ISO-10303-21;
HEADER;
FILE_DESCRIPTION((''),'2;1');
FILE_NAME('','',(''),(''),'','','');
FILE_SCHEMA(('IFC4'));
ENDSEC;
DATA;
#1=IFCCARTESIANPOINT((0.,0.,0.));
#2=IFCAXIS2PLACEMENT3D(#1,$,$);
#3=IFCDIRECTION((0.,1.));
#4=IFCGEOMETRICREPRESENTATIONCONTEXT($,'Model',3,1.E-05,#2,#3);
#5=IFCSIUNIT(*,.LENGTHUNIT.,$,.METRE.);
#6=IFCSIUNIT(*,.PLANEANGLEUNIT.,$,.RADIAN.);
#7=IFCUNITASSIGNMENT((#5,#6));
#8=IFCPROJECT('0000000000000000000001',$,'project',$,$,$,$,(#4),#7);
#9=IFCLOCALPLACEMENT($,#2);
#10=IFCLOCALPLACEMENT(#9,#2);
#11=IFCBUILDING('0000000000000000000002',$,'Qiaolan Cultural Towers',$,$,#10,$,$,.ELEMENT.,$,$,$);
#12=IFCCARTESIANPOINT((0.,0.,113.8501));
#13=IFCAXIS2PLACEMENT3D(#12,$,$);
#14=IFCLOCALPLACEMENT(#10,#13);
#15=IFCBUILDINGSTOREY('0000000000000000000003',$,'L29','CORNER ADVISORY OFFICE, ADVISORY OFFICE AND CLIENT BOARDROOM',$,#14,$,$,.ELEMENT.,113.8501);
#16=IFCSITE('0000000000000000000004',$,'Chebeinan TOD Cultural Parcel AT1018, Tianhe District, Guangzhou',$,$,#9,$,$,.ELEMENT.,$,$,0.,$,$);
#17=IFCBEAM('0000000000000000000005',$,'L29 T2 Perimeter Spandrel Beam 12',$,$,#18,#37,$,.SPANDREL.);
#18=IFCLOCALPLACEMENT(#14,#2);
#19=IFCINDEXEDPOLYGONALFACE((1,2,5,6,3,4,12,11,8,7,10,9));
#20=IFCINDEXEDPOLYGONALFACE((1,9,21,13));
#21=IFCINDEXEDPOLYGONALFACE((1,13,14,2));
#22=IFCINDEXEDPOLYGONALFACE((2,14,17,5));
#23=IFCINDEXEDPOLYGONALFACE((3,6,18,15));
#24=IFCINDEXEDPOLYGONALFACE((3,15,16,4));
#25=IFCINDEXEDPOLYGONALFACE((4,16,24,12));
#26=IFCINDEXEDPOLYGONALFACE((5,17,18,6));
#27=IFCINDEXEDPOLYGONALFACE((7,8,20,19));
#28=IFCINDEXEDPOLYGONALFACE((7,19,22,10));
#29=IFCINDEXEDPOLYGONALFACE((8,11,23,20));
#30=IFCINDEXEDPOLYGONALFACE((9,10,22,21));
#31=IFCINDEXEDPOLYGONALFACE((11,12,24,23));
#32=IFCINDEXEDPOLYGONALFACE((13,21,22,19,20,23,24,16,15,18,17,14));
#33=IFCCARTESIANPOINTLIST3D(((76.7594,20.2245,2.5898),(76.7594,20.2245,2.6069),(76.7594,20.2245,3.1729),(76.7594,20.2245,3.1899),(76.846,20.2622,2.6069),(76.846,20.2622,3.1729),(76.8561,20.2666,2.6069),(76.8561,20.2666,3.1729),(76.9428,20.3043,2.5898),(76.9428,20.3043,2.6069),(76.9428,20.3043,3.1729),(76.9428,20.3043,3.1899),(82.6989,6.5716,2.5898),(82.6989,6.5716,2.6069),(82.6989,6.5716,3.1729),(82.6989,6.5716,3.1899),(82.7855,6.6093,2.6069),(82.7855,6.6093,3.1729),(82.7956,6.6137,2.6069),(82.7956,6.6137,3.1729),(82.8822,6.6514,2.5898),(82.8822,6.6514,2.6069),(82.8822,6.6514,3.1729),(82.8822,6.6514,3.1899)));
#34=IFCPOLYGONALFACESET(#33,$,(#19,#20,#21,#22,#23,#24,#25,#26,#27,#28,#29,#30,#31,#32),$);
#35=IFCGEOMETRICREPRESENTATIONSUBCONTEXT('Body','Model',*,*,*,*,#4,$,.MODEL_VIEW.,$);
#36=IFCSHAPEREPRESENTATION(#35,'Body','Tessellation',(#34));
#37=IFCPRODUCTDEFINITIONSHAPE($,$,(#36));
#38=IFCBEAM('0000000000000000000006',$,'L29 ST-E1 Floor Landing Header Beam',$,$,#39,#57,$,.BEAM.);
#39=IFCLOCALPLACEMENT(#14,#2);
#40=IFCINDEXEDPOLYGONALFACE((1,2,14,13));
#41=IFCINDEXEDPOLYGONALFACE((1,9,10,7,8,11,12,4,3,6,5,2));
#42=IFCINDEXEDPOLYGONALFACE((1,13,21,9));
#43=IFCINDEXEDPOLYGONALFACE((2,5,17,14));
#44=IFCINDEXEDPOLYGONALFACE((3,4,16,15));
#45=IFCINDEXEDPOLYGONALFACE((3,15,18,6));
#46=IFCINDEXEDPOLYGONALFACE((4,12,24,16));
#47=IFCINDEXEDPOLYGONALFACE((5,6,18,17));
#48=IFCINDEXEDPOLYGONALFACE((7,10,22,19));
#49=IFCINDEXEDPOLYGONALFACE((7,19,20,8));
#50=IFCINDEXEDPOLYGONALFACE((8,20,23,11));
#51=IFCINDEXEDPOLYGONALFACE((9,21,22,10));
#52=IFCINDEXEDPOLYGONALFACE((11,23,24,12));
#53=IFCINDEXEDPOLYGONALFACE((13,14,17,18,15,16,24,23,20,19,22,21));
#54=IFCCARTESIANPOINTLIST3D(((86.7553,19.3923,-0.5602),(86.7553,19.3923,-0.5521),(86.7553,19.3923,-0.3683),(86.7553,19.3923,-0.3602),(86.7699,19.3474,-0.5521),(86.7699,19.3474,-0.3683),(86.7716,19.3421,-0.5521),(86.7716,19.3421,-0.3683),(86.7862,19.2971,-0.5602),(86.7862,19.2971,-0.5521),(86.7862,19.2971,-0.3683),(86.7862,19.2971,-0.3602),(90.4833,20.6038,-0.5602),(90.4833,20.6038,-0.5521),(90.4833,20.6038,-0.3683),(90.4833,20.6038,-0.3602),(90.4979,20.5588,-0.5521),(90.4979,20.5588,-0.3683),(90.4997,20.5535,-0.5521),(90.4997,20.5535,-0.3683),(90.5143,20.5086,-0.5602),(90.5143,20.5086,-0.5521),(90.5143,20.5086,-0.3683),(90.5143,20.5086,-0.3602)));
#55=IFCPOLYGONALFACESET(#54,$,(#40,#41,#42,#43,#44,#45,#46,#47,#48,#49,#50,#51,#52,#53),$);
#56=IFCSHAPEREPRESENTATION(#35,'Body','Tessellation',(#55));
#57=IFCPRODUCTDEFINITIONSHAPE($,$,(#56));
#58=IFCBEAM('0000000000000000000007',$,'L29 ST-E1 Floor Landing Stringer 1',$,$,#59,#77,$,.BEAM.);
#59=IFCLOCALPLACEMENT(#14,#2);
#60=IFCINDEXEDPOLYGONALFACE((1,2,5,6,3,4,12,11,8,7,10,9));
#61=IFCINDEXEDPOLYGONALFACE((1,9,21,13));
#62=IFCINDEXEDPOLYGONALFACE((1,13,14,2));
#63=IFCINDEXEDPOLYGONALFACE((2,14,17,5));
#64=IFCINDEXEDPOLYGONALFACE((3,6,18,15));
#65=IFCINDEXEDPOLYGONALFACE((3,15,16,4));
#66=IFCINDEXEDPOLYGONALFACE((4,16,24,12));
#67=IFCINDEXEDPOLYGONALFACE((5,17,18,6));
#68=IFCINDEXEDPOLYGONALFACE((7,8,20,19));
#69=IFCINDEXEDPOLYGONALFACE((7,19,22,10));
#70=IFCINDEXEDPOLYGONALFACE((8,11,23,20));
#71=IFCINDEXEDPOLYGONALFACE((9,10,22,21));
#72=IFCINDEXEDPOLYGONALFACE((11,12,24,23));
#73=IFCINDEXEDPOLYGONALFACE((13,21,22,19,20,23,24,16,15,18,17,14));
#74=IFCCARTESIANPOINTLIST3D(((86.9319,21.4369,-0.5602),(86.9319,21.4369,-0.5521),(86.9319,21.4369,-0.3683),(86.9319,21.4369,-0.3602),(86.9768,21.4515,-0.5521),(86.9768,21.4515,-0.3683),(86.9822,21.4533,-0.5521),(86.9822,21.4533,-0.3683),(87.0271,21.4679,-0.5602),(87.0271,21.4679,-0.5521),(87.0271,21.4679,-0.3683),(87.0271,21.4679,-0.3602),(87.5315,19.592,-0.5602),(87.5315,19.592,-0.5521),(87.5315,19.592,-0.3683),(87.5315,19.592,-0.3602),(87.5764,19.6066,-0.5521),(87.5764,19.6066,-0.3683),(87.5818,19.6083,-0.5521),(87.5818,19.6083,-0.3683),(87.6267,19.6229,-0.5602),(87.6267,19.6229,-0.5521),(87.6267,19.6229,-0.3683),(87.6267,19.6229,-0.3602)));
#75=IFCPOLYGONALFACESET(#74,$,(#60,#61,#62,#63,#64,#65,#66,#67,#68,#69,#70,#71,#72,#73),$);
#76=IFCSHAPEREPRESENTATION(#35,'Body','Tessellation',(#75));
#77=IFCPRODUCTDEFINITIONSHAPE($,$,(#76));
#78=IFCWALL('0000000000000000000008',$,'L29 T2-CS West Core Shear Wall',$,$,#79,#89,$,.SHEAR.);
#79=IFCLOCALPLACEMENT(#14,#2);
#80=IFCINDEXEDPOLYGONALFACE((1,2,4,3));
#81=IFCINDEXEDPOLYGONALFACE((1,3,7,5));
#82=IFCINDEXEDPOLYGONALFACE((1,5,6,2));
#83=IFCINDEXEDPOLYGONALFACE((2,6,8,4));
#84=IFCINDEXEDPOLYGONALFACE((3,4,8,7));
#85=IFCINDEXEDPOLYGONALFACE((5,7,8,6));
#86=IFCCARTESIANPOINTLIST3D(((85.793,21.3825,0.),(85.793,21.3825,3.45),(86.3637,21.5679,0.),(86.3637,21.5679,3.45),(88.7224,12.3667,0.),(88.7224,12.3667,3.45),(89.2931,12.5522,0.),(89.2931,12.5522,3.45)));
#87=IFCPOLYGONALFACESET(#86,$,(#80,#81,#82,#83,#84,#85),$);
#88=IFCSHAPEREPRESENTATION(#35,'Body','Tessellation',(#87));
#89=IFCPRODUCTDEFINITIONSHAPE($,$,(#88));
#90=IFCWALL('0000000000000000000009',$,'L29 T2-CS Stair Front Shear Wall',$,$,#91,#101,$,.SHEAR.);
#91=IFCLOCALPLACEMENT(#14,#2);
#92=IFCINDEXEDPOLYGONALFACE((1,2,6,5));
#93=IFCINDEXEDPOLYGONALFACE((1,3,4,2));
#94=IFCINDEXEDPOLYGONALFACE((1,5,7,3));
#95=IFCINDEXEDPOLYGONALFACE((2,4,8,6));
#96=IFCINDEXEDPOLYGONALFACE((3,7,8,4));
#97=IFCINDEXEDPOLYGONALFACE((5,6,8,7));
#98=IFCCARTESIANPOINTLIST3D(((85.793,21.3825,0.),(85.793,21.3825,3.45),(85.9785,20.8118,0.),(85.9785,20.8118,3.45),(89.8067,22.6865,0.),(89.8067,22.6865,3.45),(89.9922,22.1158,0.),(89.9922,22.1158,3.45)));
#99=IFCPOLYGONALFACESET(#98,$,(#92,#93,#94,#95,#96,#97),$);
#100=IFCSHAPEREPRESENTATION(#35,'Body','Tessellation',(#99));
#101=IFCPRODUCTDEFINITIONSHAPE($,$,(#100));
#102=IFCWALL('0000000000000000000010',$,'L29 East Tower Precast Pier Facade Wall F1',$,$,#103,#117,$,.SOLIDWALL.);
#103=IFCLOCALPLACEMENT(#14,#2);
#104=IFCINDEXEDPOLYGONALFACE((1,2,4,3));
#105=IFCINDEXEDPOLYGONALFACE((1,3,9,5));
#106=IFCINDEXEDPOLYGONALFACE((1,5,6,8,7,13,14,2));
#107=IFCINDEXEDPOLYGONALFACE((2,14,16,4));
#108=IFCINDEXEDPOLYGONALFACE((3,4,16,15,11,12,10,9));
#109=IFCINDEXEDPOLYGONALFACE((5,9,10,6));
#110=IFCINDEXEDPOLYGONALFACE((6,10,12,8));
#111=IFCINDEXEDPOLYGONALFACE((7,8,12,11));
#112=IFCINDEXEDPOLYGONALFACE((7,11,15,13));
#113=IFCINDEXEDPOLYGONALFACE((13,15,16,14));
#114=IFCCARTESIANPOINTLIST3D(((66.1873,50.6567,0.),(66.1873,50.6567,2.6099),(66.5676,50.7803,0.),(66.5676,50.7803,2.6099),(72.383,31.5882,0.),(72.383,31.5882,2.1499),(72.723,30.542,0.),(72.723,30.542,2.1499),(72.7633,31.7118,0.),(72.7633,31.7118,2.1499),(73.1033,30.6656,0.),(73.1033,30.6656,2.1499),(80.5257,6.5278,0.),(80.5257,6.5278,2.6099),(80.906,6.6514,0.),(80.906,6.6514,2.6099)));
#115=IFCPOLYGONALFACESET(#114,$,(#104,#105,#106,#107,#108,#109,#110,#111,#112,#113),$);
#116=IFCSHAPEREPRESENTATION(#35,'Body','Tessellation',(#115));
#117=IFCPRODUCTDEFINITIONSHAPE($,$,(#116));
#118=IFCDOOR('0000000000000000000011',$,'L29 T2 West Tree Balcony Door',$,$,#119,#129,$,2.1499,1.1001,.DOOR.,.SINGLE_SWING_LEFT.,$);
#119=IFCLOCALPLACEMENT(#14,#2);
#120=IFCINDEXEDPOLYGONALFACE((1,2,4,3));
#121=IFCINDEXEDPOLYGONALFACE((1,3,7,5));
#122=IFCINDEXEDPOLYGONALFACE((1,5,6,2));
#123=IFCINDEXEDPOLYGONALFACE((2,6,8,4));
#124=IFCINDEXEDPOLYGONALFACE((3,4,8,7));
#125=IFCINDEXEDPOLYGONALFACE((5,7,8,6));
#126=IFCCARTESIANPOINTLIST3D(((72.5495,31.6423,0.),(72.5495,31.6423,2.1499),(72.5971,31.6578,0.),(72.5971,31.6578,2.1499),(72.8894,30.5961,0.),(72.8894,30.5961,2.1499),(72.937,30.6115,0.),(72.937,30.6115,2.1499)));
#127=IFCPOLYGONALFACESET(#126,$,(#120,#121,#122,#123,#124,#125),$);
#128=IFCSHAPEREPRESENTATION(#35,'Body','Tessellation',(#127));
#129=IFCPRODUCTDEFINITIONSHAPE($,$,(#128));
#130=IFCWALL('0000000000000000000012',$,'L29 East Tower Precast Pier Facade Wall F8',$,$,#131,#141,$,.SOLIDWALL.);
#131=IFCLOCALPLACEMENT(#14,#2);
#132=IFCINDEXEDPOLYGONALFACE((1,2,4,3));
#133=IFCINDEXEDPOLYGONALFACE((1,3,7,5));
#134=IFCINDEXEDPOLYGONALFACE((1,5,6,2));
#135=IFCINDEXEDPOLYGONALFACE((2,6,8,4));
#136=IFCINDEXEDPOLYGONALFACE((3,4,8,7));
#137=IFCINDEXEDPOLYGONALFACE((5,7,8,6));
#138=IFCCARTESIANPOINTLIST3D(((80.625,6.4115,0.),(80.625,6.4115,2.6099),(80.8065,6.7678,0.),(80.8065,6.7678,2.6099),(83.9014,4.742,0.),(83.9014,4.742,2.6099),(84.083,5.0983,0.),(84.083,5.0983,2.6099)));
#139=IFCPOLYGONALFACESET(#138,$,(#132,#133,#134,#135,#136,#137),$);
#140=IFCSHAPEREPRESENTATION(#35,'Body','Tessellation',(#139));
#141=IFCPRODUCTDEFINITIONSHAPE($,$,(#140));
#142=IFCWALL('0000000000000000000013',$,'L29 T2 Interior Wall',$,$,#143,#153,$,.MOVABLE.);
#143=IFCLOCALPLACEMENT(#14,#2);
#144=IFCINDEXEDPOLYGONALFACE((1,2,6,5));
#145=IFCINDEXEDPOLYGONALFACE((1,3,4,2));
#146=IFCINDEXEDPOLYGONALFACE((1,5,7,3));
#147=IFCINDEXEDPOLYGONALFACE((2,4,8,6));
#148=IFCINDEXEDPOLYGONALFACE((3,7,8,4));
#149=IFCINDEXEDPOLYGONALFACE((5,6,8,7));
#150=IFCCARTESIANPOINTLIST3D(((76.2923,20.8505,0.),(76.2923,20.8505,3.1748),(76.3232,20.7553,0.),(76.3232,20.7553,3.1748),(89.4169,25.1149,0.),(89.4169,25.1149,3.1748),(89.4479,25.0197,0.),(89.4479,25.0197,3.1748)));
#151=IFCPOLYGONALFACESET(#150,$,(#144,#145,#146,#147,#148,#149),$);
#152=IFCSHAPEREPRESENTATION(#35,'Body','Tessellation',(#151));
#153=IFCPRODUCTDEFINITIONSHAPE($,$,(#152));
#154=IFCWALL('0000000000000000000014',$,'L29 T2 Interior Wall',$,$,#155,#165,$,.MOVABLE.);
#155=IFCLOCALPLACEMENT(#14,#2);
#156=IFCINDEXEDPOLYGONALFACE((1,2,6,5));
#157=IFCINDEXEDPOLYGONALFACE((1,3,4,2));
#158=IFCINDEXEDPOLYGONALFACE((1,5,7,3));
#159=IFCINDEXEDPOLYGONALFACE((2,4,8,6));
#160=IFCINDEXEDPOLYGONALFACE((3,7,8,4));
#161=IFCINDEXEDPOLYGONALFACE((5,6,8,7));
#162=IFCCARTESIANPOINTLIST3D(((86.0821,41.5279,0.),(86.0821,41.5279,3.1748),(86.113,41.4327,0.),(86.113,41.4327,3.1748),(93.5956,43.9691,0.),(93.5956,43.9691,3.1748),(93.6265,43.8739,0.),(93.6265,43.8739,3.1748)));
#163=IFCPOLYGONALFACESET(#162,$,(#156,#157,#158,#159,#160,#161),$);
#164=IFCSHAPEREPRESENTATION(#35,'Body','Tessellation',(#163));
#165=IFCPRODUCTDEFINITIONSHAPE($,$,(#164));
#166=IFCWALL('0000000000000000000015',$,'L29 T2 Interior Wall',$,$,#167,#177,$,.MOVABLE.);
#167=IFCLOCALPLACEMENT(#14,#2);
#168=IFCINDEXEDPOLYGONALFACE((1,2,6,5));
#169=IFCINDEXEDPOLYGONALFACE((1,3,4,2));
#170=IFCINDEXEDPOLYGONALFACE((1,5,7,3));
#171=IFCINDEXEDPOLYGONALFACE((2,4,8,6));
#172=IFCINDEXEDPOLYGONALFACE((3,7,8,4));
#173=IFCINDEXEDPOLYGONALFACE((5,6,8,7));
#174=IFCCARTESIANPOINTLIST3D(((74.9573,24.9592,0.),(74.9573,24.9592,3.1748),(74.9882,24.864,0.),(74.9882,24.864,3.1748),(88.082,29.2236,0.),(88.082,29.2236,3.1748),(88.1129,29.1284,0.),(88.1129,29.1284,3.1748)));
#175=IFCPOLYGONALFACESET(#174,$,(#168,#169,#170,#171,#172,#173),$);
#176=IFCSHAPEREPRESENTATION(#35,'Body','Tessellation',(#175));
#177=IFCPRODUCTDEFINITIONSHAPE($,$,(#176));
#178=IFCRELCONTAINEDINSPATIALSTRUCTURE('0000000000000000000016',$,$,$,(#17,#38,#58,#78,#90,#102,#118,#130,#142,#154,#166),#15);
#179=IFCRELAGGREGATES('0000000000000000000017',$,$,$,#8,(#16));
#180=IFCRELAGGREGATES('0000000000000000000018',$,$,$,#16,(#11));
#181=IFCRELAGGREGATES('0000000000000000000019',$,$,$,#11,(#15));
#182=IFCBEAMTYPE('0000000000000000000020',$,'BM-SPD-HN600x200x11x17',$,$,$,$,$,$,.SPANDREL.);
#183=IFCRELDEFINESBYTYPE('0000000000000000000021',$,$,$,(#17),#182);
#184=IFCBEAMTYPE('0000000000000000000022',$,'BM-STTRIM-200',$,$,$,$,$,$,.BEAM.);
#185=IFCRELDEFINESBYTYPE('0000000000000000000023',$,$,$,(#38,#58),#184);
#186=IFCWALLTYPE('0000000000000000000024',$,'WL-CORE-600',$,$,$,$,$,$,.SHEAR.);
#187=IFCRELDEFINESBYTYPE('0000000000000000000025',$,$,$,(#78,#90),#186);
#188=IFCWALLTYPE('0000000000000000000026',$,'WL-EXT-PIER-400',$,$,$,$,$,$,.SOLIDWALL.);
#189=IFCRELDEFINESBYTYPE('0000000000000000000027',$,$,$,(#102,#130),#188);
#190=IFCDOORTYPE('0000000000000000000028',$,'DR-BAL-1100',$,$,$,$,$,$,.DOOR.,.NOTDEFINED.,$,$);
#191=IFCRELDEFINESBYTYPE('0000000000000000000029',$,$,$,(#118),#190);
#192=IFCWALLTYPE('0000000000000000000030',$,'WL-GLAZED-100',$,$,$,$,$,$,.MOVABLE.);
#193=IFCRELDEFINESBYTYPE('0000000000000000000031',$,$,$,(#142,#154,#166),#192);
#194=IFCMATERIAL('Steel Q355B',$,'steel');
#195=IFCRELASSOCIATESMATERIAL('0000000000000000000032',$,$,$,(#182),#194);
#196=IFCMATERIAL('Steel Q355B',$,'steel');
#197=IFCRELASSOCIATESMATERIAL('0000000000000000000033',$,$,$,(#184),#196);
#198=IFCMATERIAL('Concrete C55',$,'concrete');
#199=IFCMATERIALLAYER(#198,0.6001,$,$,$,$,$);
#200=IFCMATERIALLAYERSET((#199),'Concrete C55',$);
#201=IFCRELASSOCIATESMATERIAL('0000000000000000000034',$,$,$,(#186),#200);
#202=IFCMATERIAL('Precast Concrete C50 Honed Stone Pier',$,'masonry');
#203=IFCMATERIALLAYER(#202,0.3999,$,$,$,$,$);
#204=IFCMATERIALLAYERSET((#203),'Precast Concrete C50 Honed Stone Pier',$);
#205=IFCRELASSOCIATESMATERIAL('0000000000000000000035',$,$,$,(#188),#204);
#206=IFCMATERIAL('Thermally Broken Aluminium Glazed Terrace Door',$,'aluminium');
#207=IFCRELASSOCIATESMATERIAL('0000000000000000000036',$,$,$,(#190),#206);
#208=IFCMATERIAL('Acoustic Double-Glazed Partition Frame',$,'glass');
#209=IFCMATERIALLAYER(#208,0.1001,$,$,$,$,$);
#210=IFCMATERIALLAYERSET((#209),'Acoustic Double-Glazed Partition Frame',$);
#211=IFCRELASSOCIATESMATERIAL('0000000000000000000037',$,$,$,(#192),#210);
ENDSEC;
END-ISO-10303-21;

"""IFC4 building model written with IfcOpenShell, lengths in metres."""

from ifc_helpers import new_model, si_unit, direction, frame, frame_2d, origin, origin_2d, place, context, subcontext, project, spatial, rectangle, i_section, extrude, material, layer, layer_set, material_profile, profile_set, type_object, element, fill, save


model = new_model("IFC4")

# Units and contexts
model_context = context("Model", 3, precision=1e-05, world=origin(), true_north=direction((0.0, 1.0)))
body_context = subcontext(model_context, "Body", "Model", "MODEL_VIEW")
ifc_project = project(units=[si_unit("LENGTHUNIT", "METRE"), si_unit("PLANEANGLEUNIT", "RADIAN")], contexts=[model_context])

# Site, building, storey
site_placement = place(None, origin())
site = spatial("IfcSite", under=ifc_project, at=site_placement, Name="Chebeinan TOD Cultural Parcel AT1018, Tianhe District, Guangzhou", CompositionType="ELEMENT", RefElevation=0.0)
building_placement = place(site_placement, origin())
building = spatial("IfcBuilding", under=site, at=building_placement, Name="Qiaolan Cultural Towers", CompositionType="ELEMENT")
storey_placement = place(building_placement, frame((0.0, 0.0, 113.8501)))
storey = spatial("IfcBuildingStorey", under=building, at=storey_placement, Name="L29", Description="CORNER ADVISORY OFFICE, ADVISORY OFFICE AND CLIENT BOARDROOM", CompositionType="ELEMENT", Elevation=113.8501)

# Beams
ifc_material_1 = material(Name="Steel Q355B", Category="steel")
ifc_material_profile_1 = material_profile(ifc_material_1, i_section(OverallWidth=0.2, OverallDepth=0.6001, WebThickness=0.011, FlangeThickness=0.0171, at=origin_2d()), Name="HN600x200x11x17")
ifc_profile_set_1 = profile_set([ifc_material_profile_1], Name="Steel Q355B")
beam_type_1 = type_object("IfcBeamType", Name="BM-SPD-HN600x200x11x17", PredefinedType="SPANDREL", material=ifc_profile_set_1)
beam_1_placement = place(storey_placement, frame((76.8511, 20.2644, 2.8899), z_axis=(0.39892, -0.916986, 0.0), x_axis=(0.916986, 0.39892, 0.0)))
element("IfcBeam", 1, at=beam_1_placement, inside=storey, type_object=beam_type_1, Name="L29 T2 Perimeter Spandrel Beam 12", PredefinedType="SPANDREL", context=body_context, shape_type="SweptSolid", body=[
    extrude(i_section(OverallWidth=0.2, OverallDepth=0.6001, WebThickness=0.011, FlangeThickness=0.0171, at=origin_2d()), origin(), (0.0, 0.0, 1.0), 14.8889),
])
ifc_material_2 = material(Name="Steel Q355B", Category="steel")
ifc_material_profile_2 = material_profile(ifc_material_2, i_section(OverallWidth=0.1001, OverallDepth=0.2, WebThickness=0.0056, FlangeThickness=0.0081, at=origin_2d()), Name="HN200x100x5.5x8")
ifc_profile_set_2 = profile_set([ifc_material_profile_2], Name="Steel Q355B")
beam_type_2 = type_object("IfcBeamType", Name="BM-STTRIM-200", PredefinedType="BEAM", material=ifc_profile_set_2)
beam_2_placement = place(storey_placement, frame((86.7708, 19.3447, -0.4602), z_axis=(0.951048, 0.309044, 0.0), x_axis=(-0.309044, 0.951048, 0.0)))
element("IfcBeam", 2, at=beam_2_placement, inside=storey, type_object=beam_type_2, Name="L29 ST-E1 Floor Landing Header Beam", PredefinedType="BEAM", context=body_context, shape_type="SweptSolid", body=[
    extrude(i_section(OverallWidth=0.1001, OverallDepth=0.2, WebThickness=0.0056, FlangeThickness=0.0081, at=origin_2d()), origin(), (0.0, 0.0, 1.0), 3.9199),
])
beam_3_placement = place(storey_placement, frame((86.9795, 21.4524, -0.4602), z_axis=(0.309083, -0.951035, 0.0), x_axis=(0.951035, 0.309083, 0.0)))
element("IfcBeam", 3, at=beam_3_placement, inside=storey, type_object=beam_type_2, Name="L29 ST-E1 Floor Landing Stringer 1", PredefinedType="BEAM", context=body_context, shape_type="SweptSolid", body=[
    extrude(i_section(OverallWidth=0.1001, OverallDepth=0.2, WebThickness=0.0056, FlangeThickness=0.0081, at=origin_2d()), origin(), (0.0, 0.0, 1.0), 1.9399),
])

# Walls
ifc_material_3 = material(Name="Concrete C55", Category="concrete")
ifc_layer_1 = layer(ifc_material_3, 0.6001)
ifc_layer_set_1 = layer_set([ifc_layer_1], Name="Concrete C55")
wall_type_1 = type_object("IfcWallType", Name="WL-CORE-600", PredefinedType="SHEAR", material=ifc_layer_set_1)
wall_1_placement = place(storey_placement, frame((86.0784, 21.4751, 0.0), z_axis=(0.0, 0.0, 1.0), x_axis=(0.309018, -0.951056, 0.0)))
element("IfcWall", 4, at=wall_1_placement, inside=storey, type_object=wall_type_1, Name="L29 T2-CS West Core Shear Wall", PredefinedType="SHEAR", context=body_context, shape_type="SweptSolid", body=[
    extrude(rectangle(XDim=9.4797, YDim=0.6001, at=frame_2d((4.7397, 0.0))), origin(), (0.0, 0.0, 1.0), 3.45),
])
wall_2_placement = place(storey_placement, frame((85.8857, 21.0972, 0.0), z_axis=(0.0, 0.0, 1.0), x_axis=(0.951068, 0.308981, 0.0)))
element("IfcWall", 5, at=wall_2_placement, inside=storey, type_object=wall_type_1, Name="L29 T2-CS Stair Front Shear Wall", PredefinedType="SHEAR", context=body_context, shape_type="SweptSolid", body=[
    extrude(rectangle(XDim=4.2202, YDim=0.6001, at=frame_2d((2.1101, 0.0))), origin(), (0.0, 0.0, 1.0), 3.45),
])

# Wall, opening, door
ifc_material_4 = material(Name="Precast Concrete C50 Honed Stone Pier", Category="masonry")
ifc_layer_2 = layer(ifc_material_4, 0.3999)
ifc_layer_set_2 = layer_set([ifc_layer_2], Name="Precast Concrete C50 Honed Stone Pier")
wall_type_2 = type_object("IfcWallType", Name="WL-EXT-PIER-400", PredefinedType="SOLIDWALL", material=ifc_layer_set_2)
wall_3_placement = place(storey_placement, frame((80.7158, 6.5896, 0.0), z_axis=(0.0, 0.0, 1.0), x_axis=(-0.309018, 0.951056, 0.0)))
wall_3 = element("IfcWall", 6, at=wall_3_placement, inside=storey, type_object=wall_type_2, Name="L29 East Tower Precast Pier Facade Wall F1", PredefinedType="SOLIDWALL", context=body_context, shape_type="SweptSolid", body=[
    extrude(rectangle(XDim=46.3999, YDim=0.3999, at=frame_2d((23.2, 0.0))), origin(), (0.0, 0.0, 1.0), 2.6099),
])
opening_1_placement = place(wall_3_placement, frame((25.25, 0.0, 0.0)))
opening_1 = element("IfcOpeningElement", 7, at=opening_1_placement, cuts=wall_3, PredefinedType="OPENING", context=body_context, shape_type="SweptSolid", body=[
    extrude(rectangle(XDim=1.1001, YDim=2.1499, at=frame_2d((0.55, 1.075))), frame((0.0, 0.21, 0.0), z_axis=(0.0, -1.0, 0.0), x_axis=(1.0, 0.0, 0.0)), (0.0, 0.0, 1.0), 0.4199),
])
ifc_material_5 = material(Name="Thermally Broken Aluminium Glazed Terrace Door", Category="aluminium")
door_type_1 = type_object("IfcDoorType", Name="DR-BAL-1100", OperationType="NOTDEFINED", PredefinedType="DOOR", material=ifc_material_5)
door_1_placement = place(opening_1_placement, origin())
door_1 = element("IfcDoor", 8, at=door_1_placement, inside=storey, type_object=door_type_1, Name="L29 T2 West Tree Balcony Door", OperationType="SINGLE_SWING_LEFT", OverallHeight=2.1499, OverallWidth=1.1001, PredefinedType="DOOR", context=body_context, shape_type="SweptSolid", body=[
    extrude(rectangle(XDim=1.1001, YDim=2.1499, at=frame_2d((0.55, 1.075))), frame((0.0, 0.0249, 0.0), z_axis=(0.0, -1.0, 0.0), x_axis=(1.0, 0.0, 0.0)), (0.0, 0.0, 1.0), 0.05),
])
fill(opening_1, door_1)

# Walls
wall_4_placement = place(storey_placement, frame((83.9922, 4.9202, 0.0), z_axis=(0.0, 0.0, 1.0), x_axis=(-0.891002, 0.453999, 0.0)))
element("IfcWall", 9, at=wall_4_placement, inside=storey, type_object=wall_type_2, Name="L29 East Tower Precast Pier Facade Wall F8", PredefinedType="SOLIDWALL", context=body_context, shape_type="SweptSolid", body=[
    extrude(rectangle(XDim=3.6772, YDim=0.3999, at=frame_2d((1.8386, 0.0))), origin(), (0.0, 0.0, 1.0), 2.6099),
])
ifc_material_6 = material(Name="Acoustic Double-Glazed Partition Frame", Category="glass")
ifc_layer_3 = layer(ifc_material_6, 0.1001)
ifc_layer_set_3 = layer_set([ifc_layer_3], Name="Acoustic Double-Glazed Partition Frame")
wall_type_3 = type_object("IfcWallType", Name="WL-GLAZED-100", PredefinedType="MOVABLE", material=ifc_layer_set_3)
wall_5_placement = place(storey_placement, frame((76.3079, 20.803, 0.0), z_axis=(0.0, 0.0, 1.0), x_axis=(0.951058, 0.309011, 0.0)))
element("IfcWall", 10, at=wall_5_placement, inside=storey, type_object=wall_type_3, Name="L29 T2 Interior Wall", PredefinedType="MOVABLE", context=body_context, shape_type="SweptSolid", body=[
    extrude(rectangle(XDim=13.8, YDim=0.1001, at=frame_2d((6.8999, 0.0))), origin(), (0.0, 0.0, 1.0), 3.1748),
])
wall_6_placement = place(storey_placement, frame((86.0974, 41.4802, 0.0), z_axis=(0.0, 0.0, 1.0), x_axis=(0.95106, 0.309006, 0.0)))
element("IfcWall", 11, at=wall_6_placement, inside=storey, type_object=wall_type_3, Name="L29 T2 Interior Wall", PredefinedType="MOVABLE", context=body_context, shape_type="SweptSolid", body=[
    extrude(rectangle(XDim=7.9001, YDim=0.1001, at=frame_2d((3.9502, 0.0))), origin(), (0.0, 0.0, 1.0), 3.1748),
])
wall_7_placement = place(storey_placement, frame((74.9729, 24.9116, 0.0), z_axis=(0.0, 0.0, 1.0), x_axis=(0.951058, 0.309011, 0.0)))
element("IfcWall", 12, at=wall_7_placement, inside=storey, type_object=wall_type_3, Name="L29 T2 Interior Wall", PredefinedType="MOVABLE", context=body_context, shape_type="SweptSolid", body=[
    extrude(rectangle(XDim=13.8, YDim=0.1001, at=frame_2d((6.8999, 0.0))), origin(), (0.0, 0.0, 1.0), 3.1748),
])

save(model, "model.ifc")
